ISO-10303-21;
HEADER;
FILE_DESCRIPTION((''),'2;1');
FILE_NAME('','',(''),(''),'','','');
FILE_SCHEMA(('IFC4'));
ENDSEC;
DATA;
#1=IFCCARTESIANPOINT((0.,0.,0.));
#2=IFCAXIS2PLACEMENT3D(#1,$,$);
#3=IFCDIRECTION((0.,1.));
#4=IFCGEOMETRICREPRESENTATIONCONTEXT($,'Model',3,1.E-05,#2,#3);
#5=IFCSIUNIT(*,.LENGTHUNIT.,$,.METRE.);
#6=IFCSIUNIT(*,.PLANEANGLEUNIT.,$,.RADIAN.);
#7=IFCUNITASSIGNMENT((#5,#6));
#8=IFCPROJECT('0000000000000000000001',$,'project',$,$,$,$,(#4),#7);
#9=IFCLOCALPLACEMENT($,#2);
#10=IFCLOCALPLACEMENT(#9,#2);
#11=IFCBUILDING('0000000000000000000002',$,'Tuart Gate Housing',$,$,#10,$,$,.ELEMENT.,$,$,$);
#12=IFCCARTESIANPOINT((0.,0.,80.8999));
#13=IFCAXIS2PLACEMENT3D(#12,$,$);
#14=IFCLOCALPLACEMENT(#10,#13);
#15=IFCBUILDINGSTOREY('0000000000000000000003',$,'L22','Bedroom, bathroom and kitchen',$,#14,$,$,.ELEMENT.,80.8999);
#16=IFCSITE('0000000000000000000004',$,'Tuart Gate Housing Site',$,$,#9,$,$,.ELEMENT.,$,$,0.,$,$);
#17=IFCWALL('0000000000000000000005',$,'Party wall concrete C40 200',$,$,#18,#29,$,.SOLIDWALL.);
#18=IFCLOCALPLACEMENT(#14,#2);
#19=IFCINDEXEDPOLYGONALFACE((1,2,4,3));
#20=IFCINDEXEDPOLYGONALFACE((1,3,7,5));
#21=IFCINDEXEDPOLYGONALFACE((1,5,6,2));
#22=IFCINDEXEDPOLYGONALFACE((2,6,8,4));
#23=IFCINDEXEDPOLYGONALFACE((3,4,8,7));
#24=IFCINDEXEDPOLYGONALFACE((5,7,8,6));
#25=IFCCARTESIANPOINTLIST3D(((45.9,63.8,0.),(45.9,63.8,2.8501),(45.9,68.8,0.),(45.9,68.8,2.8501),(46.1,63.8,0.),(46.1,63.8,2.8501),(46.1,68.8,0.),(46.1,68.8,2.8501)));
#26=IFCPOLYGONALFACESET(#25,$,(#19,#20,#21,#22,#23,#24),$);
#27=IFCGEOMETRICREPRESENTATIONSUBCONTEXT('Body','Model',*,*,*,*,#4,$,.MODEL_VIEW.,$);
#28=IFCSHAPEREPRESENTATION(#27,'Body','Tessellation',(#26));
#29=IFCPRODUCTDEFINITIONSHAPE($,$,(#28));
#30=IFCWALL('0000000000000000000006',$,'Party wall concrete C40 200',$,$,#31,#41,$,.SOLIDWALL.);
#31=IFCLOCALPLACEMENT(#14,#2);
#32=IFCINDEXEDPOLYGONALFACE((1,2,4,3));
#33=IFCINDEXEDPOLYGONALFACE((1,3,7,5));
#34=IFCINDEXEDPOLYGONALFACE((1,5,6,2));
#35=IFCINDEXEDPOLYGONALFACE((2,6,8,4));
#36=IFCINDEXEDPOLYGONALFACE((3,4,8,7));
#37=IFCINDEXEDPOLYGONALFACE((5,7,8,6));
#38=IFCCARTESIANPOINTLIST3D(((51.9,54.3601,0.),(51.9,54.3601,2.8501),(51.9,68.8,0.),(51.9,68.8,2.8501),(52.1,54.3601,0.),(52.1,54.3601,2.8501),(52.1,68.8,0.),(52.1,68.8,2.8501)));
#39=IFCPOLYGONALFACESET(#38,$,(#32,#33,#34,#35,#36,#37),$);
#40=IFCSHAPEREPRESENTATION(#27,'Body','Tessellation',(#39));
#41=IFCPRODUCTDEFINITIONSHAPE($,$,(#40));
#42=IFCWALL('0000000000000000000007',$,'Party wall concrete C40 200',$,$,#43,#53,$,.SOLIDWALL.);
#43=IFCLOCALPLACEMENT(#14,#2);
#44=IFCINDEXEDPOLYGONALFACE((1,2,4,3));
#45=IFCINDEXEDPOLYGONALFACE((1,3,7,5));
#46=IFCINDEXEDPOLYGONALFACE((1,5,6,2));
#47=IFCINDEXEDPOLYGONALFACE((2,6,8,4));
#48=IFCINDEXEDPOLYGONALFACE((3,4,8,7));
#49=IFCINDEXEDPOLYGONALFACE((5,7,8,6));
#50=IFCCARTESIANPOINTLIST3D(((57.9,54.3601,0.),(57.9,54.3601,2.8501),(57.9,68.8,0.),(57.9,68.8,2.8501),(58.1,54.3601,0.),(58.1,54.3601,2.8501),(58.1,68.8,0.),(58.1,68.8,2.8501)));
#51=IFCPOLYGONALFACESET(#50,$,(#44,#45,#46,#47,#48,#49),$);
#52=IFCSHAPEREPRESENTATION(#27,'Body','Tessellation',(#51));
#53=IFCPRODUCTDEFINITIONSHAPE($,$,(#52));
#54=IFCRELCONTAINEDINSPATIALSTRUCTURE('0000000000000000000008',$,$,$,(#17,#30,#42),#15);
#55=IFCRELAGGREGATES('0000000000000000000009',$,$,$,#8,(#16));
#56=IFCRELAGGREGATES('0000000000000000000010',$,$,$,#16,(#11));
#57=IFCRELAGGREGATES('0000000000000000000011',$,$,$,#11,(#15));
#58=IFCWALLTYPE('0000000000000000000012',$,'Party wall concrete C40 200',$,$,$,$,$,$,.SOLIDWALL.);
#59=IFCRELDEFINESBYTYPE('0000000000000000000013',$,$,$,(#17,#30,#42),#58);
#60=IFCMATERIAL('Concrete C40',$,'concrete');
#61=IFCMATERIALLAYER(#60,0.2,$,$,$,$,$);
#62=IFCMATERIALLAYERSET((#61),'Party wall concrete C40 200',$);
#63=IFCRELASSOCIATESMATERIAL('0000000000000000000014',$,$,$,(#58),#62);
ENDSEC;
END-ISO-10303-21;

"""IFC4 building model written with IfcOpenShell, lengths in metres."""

from ifc_helpers import new_model, si_unit, direction, frame, frame_2d, origin, place, context, subcontext, project, spatial, rectangle, extrude, material, layer, layer_set, type_object, element, save


model = new_model("IFC4")

# Units and contexts
model_context = context("Model", 3, precision=1e-05, world=origin(), true_north=direction((0.0, 1.0)))
body_context = subcontext(model_context, "Body", "Model", "MODEL_VIEW")
ifc_project = project(units=[si_unit("LENGTHUNIT", "METRE"), si_unit("PLANEANGLEUNIT", "RADIAN")], contexts=[model_context])

# Site, building, storey
site_placement = place(None, origin())
site = spatial("IfcSite", under=ifc_project, at=site_placement, Name="Tuart Gate Housing Site", CompositionType="ELEMENT", RefElevation=0.0)
building_placement = place(site_placement, origin())
building = spatial("IfcBuilding", under=site, at=building_placement, Name="Tuart Gate Housing", CompositionType="ELEMENT")
storey_placement = place(building_placement, frame((0.0, 0.0, 80.8999)))
storey = spatial("IfcBuildingStorey", under=building, at=storey_placement, Name="L22", Description="Bedroom, bathroom and kitchen", CompositionType="ELEMENT", Elevation=80.8999)

# Walls
ifc_material_1 = material(Name="Concrete C40", Category="concrete")
ifc_layer_1 = layer(ifc_material_1, 0.2)
ifc_layer_set_1 = layer_set([ifc_layer_1], Name="Party wall concrete C40 200")
wall_type_1 = type_object("IfcWallType", Name="Party wall concrete C40 200", PredefinedType="SOLIDWALL", material=ifc_layer_set_1)
wall_1_placement = place(storey_placement, frame((46.0, 63.8, 0.0), z_axis=(0.0, 0.0, 1.0), x_axis=(0.0, 1.0, 0.0)))
element("IfcWall", 1, at=wall_1_placement, inside=storey, type_object=wall_type_1, Name="Party wall concrete C40 200", PredefinedType="SOLIDWALL", context=body_context, shape_type="SweptSolid", body=[
    extrude(rectangle(XDim=5.0, YDim=0.2, at=frame_2d((2.5, 0.0))), origin(), (0.0, 0.0, 1.0), 2.8501),
])
for number, where, z_axis, x_axis, name in (
    (2, (52.0, 54.3601, 0.0), (0.0, 0.0, 1.0), (0.0, 1.0, 0.0), "Party wall concrete C40 200"),
    (3, (58.0, 54.3601, 0.0), (0.0, 0.0, 1.0), (0.0, 1.0, 0.0), "Party wall concrete C40 200"),
):
    element("IfcWall", number, at=place(storey_placement, frame(where, z_axis=z_axis, x_axis=x_axis)), inside=storey, type_object=wall_type_1, Name=name, PredefinedType="SOLIDWALL", context=body_context, shape_type="SweptSolid", body=[
        extrude(rectangle(XDim=14.4399, YDim=0.2, at=frame_2d((7.22, 0.0))), origin(), (0.0, 0.0, 1.0), 2.8501),
    ])

save(model, "model.ifc")
